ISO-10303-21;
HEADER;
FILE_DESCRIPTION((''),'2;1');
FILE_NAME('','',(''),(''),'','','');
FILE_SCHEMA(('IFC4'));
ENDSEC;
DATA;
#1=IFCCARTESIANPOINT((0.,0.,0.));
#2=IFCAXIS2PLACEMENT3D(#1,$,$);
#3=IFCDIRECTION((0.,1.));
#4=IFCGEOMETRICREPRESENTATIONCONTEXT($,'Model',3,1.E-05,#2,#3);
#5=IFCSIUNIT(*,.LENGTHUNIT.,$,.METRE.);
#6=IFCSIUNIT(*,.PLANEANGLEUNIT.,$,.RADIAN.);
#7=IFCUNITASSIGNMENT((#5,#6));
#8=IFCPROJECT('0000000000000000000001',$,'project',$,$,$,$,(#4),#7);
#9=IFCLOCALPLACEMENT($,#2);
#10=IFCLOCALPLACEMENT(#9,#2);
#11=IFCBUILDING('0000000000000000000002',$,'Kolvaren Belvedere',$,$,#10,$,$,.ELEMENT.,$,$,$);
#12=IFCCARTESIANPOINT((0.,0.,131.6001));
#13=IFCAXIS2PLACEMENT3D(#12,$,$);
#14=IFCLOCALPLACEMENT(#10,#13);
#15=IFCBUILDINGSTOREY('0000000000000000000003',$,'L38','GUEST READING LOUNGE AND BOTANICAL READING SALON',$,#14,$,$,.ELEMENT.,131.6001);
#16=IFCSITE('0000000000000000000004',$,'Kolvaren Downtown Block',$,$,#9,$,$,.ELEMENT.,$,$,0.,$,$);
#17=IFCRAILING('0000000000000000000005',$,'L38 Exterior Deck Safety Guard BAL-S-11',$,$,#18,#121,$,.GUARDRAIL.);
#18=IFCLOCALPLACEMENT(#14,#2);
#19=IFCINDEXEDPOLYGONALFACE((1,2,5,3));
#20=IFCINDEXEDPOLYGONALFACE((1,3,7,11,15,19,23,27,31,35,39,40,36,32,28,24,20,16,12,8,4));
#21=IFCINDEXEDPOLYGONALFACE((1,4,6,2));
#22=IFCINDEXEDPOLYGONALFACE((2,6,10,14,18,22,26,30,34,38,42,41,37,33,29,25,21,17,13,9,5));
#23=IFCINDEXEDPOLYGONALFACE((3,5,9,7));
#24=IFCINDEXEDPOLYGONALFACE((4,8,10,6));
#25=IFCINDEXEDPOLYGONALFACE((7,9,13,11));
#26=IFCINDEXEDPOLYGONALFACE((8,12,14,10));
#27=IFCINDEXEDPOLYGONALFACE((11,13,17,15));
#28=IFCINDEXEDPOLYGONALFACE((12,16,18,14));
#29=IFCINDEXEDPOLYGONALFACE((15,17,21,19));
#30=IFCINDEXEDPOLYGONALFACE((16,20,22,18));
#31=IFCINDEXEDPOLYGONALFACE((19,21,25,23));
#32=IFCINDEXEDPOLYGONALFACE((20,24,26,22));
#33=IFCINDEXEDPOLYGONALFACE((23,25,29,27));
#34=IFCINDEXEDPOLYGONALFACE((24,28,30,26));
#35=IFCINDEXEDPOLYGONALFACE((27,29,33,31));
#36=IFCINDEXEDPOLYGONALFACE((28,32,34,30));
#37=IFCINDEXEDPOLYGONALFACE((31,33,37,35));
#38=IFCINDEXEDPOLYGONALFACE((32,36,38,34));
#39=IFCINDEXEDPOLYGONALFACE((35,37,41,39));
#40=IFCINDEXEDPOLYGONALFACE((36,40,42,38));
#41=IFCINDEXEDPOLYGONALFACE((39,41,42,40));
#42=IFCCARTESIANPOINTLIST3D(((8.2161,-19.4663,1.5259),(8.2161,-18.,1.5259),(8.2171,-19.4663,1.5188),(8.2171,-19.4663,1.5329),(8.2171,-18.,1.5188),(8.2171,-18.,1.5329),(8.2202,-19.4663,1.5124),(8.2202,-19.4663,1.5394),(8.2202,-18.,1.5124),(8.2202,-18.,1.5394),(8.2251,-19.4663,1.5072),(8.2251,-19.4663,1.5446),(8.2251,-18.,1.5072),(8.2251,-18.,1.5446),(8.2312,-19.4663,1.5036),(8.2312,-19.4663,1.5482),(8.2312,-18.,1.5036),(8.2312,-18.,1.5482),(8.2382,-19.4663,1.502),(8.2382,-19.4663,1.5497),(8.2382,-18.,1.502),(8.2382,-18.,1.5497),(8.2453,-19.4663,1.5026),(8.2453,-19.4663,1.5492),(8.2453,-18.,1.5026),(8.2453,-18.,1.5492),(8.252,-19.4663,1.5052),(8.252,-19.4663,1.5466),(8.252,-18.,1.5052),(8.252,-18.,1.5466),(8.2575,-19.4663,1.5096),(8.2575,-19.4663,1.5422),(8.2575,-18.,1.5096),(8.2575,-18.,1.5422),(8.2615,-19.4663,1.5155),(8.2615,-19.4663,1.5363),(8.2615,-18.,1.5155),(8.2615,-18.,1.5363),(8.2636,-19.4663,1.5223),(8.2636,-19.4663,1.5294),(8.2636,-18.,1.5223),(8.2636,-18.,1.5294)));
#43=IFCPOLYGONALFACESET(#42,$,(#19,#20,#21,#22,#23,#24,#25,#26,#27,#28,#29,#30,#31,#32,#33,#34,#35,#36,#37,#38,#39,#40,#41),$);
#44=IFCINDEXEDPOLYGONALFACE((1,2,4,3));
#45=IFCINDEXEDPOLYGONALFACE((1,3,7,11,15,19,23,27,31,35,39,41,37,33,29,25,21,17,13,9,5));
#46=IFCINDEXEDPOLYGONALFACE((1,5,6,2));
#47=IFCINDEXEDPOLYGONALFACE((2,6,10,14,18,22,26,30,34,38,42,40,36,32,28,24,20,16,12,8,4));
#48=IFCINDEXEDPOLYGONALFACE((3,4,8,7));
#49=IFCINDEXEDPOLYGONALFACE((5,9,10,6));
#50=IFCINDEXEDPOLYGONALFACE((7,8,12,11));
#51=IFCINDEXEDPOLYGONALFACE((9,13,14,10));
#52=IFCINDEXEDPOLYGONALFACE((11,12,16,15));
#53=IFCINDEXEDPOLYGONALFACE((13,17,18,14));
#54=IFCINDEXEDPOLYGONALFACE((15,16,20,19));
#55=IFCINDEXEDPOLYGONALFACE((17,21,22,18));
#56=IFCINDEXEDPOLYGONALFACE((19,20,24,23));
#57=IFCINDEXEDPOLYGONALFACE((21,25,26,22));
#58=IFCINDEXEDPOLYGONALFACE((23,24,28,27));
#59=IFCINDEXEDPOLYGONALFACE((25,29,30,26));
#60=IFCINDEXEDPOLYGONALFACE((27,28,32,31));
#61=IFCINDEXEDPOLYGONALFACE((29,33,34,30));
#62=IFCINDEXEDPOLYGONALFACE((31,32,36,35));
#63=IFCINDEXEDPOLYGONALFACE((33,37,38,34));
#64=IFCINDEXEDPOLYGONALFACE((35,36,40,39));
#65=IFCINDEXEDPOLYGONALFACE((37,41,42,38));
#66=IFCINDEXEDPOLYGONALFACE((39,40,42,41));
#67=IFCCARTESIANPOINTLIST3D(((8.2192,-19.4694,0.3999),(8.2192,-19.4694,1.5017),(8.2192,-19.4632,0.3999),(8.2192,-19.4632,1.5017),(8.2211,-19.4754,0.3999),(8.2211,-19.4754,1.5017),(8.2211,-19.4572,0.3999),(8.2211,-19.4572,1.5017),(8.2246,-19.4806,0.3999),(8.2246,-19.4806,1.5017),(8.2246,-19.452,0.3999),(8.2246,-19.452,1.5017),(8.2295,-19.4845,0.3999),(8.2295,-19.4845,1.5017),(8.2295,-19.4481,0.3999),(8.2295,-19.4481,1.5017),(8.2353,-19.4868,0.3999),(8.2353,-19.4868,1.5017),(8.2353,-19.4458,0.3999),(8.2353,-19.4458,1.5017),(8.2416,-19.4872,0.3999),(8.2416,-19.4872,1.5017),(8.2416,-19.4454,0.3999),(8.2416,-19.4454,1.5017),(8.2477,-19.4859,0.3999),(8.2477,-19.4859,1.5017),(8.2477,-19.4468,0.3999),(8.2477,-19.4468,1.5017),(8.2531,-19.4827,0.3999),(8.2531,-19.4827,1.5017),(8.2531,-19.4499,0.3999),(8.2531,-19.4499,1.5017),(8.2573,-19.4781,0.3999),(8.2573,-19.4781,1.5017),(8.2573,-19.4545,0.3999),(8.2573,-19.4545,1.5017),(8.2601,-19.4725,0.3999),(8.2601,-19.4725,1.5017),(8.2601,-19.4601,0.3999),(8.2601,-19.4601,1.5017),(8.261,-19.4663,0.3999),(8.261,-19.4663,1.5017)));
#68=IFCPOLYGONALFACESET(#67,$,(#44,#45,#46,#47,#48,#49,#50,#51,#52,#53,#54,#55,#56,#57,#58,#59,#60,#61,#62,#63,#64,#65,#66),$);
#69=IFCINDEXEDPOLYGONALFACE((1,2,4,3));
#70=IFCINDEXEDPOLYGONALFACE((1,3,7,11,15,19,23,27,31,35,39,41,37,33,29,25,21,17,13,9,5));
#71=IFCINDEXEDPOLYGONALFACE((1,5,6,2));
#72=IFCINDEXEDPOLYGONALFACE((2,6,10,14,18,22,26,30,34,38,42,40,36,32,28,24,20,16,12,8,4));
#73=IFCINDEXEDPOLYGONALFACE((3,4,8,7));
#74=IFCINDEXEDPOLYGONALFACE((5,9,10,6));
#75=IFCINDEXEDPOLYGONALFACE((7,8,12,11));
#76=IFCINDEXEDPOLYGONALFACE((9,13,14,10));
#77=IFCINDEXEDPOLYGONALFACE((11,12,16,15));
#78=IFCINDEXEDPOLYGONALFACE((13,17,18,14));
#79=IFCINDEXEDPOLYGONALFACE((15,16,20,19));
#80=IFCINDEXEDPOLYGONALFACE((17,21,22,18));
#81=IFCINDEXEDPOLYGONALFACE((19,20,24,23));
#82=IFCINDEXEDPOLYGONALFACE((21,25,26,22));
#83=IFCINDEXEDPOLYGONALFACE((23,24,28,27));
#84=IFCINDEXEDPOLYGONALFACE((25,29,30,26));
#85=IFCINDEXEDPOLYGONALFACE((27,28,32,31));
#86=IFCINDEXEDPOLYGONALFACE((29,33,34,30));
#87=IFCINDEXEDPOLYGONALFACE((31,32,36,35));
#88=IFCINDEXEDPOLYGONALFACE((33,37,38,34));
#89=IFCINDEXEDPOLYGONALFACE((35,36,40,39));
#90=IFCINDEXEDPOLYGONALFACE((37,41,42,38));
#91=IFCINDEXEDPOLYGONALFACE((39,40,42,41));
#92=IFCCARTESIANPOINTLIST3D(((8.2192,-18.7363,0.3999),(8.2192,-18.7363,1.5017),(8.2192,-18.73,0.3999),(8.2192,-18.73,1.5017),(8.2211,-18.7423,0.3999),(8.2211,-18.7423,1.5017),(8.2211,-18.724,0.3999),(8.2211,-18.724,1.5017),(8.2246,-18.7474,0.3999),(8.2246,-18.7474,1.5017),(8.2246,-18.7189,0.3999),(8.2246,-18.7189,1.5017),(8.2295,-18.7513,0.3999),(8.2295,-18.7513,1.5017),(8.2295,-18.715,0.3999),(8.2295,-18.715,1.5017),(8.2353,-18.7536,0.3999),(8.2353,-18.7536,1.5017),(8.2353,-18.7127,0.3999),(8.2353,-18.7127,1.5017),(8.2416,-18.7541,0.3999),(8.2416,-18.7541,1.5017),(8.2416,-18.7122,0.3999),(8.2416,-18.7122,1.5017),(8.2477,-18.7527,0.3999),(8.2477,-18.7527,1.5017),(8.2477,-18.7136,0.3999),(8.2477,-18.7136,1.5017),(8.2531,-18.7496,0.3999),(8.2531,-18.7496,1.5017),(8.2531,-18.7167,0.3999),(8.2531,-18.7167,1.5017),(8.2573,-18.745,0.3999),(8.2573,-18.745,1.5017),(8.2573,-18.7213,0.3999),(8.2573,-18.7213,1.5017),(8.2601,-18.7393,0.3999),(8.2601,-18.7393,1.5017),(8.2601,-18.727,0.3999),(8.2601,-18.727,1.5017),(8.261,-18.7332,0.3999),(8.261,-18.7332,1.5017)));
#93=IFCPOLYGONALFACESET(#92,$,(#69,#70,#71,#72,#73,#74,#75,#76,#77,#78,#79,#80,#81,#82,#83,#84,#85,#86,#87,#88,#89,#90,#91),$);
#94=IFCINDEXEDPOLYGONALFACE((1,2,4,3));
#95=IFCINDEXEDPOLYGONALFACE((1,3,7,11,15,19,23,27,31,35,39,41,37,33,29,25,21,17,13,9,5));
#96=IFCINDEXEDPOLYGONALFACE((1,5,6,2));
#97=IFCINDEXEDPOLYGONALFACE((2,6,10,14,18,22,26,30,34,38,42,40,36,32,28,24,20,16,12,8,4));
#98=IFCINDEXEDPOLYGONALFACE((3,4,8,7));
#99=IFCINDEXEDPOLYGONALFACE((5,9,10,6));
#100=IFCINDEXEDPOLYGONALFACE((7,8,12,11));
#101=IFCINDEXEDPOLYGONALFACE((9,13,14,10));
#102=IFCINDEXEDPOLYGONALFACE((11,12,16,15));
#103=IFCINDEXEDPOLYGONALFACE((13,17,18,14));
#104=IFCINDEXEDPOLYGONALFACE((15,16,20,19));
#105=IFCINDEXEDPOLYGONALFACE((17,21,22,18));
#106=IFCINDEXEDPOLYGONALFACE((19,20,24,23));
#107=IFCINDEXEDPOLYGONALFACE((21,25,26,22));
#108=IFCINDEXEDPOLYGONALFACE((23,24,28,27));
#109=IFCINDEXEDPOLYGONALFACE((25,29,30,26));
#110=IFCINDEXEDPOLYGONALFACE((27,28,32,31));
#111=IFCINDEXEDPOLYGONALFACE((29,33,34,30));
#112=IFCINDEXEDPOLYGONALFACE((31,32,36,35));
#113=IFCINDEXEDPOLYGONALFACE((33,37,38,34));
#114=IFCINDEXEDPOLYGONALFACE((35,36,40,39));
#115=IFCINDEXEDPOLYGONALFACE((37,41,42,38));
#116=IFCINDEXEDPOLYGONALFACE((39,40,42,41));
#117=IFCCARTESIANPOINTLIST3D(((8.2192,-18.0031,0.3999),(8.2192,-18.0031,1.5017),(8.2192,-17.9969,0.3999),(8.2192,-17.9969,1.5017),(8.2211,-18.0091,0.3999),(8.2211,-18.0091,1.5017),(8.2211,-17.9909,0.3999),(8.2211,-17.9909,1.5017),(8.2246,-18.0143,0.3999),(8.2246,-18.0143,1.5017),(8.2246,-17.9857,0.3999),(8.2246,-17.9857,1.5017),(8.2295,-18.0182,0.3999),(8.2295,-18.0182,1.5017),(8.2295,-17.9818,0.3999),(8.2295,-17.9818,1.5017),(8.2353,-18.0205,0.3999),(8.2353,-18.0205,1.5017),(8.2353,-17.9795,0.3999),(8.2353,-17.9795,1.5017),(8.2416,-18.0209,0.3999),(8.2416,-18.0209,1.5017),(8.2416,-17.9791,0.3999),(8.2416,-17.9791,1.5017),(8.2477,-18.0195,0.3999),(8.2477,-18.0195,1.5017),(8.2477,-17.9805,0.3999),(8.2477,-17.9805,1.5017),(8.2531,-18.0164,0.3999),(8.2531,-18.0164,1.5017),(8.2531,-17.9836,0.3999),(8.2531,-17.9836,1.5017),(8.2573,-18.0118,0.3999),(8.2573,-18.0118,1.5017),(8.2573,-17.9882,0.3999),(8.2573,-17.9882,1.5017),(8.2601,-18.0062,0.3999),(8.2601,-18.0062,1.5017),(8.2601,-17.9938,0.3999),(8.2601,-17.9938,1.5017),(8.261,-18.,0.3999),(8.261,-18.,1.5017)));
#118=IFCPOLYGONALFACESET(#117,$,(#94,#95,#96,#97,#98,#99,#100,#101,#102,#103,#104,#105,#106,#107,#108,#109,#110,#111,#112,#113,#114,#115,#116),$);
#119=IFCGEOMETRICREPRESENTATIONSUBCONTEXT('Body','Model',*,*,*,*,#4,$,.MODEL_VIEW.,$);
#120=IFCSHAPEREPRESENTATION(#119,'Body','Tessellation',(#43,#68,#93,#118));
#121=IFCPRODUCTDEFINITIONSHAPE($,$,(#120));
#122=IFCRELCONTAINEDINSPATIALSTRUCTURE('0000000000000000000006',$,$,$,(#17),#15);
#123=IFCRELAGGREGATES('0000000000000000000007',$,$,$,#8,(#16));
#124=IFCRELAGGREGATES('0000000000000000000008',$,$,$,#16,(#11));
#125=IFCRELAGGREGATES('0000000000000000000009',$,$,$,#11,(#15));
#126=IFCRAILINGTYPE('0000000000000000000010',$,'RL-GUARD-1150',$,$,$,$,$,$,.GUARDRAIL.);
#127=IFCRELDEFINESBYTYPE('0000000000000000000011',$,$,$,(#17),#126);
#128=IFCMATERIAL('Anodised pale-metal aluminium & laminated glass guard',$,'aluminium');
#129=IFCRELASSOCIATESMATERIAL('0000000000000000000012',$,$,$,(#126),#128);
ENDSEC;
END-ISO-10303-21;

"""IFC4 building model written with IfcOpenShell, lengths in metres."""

from ifc_helpers import new_model, si_unit, direction, frame, origin, origin_2d, place, context, subcontext, project, spatial, circle, extrude, material, type_object, element, save


model = new_model("IFC4")

# Units and contexts
model_context = context("Model", 3, precision=1e-05, world=origin(), true_north=direction((0.0, 1.0)))
body_context = subcontext(model_context, "Body", "Model", "MODEL_VIEW")
ifc_project = project(units=[si_unit("LENGTHUNIT", "METRE"), si_unit("PLANEANGLEUNIT", "RADIAN")], contexts=[model_context])

# Site, building, storey
site_placement = place(None, origin())
site = spatial("IfcSite", under=ifc_project, at=site_placement, Name="Kolvaren Downtown Block", CompositionType="ELEMENT", RefElevation=0.0)
building_placement = place(site_placement, origin())
building = spatial("IfcBuilding", under=site, at=building_placement, Name="Kolvaren Belvedere", CompositionType="ELEMENT")
storey_placement = place(building_placement, frame((0.0, 0.0, 131.6001)))
storey = spatial("IfcBuildingStorey", under=building, at=storey_placement, Name="L38", Description="GUEST READING LOUNGE AND BOTANICAL READING SALON", CompositionType="ELEMENT", Elevation=131.6001)

# Railing
ifc_material_1 = material(Name="Anodised pale-metal aluminium & laminated glass guard", Category="aluminium")
railing_type = type_object("IfcRailingType", Name="RL-GUARD-1150", PredefinedType="GUARDRAIL", material=ifc_material_1)
railing_1_placement = place(storey_placement, frame((8.24, -19.4663, 0.3999)))
element("IfcRailing", 1, at=railing_1_placement, inside=storey, type_object=railing_type, Name="L38 Exterior Deck Safety Guard BAL-S-11", PredefinedType="GUARDRAIL", context=body_context, shape_type="SweptSolid", body=[
    extrude(circle(Radius=0.0239, at=origin_2d()), frame((0.0, 0.0, 1.126), z_axis=(0.0, 1.0, 0.0), x_axis=(-1.0, 0.0, 0.0)), (0.0, 0.0, 1.0), 1.4663),
    extrude(circle(Radius=0.021, at=origin_2d()), origin(), (0.0, 0.0, 1.0), 1.1018),
    extrude(circle(Radius=0.021, at=origin_2d()), frame((0.0, 0.7332, 0.0)), (0.0, 0.0, 1.0), 1.1018),
    extrude(circle(Radius=0.021, at=origin_2d()), frame((0.0, 1.4663, 0.0)), (0.0, 0.0, 1.0), 1.1018),
])

save(model, "model.ifc")
